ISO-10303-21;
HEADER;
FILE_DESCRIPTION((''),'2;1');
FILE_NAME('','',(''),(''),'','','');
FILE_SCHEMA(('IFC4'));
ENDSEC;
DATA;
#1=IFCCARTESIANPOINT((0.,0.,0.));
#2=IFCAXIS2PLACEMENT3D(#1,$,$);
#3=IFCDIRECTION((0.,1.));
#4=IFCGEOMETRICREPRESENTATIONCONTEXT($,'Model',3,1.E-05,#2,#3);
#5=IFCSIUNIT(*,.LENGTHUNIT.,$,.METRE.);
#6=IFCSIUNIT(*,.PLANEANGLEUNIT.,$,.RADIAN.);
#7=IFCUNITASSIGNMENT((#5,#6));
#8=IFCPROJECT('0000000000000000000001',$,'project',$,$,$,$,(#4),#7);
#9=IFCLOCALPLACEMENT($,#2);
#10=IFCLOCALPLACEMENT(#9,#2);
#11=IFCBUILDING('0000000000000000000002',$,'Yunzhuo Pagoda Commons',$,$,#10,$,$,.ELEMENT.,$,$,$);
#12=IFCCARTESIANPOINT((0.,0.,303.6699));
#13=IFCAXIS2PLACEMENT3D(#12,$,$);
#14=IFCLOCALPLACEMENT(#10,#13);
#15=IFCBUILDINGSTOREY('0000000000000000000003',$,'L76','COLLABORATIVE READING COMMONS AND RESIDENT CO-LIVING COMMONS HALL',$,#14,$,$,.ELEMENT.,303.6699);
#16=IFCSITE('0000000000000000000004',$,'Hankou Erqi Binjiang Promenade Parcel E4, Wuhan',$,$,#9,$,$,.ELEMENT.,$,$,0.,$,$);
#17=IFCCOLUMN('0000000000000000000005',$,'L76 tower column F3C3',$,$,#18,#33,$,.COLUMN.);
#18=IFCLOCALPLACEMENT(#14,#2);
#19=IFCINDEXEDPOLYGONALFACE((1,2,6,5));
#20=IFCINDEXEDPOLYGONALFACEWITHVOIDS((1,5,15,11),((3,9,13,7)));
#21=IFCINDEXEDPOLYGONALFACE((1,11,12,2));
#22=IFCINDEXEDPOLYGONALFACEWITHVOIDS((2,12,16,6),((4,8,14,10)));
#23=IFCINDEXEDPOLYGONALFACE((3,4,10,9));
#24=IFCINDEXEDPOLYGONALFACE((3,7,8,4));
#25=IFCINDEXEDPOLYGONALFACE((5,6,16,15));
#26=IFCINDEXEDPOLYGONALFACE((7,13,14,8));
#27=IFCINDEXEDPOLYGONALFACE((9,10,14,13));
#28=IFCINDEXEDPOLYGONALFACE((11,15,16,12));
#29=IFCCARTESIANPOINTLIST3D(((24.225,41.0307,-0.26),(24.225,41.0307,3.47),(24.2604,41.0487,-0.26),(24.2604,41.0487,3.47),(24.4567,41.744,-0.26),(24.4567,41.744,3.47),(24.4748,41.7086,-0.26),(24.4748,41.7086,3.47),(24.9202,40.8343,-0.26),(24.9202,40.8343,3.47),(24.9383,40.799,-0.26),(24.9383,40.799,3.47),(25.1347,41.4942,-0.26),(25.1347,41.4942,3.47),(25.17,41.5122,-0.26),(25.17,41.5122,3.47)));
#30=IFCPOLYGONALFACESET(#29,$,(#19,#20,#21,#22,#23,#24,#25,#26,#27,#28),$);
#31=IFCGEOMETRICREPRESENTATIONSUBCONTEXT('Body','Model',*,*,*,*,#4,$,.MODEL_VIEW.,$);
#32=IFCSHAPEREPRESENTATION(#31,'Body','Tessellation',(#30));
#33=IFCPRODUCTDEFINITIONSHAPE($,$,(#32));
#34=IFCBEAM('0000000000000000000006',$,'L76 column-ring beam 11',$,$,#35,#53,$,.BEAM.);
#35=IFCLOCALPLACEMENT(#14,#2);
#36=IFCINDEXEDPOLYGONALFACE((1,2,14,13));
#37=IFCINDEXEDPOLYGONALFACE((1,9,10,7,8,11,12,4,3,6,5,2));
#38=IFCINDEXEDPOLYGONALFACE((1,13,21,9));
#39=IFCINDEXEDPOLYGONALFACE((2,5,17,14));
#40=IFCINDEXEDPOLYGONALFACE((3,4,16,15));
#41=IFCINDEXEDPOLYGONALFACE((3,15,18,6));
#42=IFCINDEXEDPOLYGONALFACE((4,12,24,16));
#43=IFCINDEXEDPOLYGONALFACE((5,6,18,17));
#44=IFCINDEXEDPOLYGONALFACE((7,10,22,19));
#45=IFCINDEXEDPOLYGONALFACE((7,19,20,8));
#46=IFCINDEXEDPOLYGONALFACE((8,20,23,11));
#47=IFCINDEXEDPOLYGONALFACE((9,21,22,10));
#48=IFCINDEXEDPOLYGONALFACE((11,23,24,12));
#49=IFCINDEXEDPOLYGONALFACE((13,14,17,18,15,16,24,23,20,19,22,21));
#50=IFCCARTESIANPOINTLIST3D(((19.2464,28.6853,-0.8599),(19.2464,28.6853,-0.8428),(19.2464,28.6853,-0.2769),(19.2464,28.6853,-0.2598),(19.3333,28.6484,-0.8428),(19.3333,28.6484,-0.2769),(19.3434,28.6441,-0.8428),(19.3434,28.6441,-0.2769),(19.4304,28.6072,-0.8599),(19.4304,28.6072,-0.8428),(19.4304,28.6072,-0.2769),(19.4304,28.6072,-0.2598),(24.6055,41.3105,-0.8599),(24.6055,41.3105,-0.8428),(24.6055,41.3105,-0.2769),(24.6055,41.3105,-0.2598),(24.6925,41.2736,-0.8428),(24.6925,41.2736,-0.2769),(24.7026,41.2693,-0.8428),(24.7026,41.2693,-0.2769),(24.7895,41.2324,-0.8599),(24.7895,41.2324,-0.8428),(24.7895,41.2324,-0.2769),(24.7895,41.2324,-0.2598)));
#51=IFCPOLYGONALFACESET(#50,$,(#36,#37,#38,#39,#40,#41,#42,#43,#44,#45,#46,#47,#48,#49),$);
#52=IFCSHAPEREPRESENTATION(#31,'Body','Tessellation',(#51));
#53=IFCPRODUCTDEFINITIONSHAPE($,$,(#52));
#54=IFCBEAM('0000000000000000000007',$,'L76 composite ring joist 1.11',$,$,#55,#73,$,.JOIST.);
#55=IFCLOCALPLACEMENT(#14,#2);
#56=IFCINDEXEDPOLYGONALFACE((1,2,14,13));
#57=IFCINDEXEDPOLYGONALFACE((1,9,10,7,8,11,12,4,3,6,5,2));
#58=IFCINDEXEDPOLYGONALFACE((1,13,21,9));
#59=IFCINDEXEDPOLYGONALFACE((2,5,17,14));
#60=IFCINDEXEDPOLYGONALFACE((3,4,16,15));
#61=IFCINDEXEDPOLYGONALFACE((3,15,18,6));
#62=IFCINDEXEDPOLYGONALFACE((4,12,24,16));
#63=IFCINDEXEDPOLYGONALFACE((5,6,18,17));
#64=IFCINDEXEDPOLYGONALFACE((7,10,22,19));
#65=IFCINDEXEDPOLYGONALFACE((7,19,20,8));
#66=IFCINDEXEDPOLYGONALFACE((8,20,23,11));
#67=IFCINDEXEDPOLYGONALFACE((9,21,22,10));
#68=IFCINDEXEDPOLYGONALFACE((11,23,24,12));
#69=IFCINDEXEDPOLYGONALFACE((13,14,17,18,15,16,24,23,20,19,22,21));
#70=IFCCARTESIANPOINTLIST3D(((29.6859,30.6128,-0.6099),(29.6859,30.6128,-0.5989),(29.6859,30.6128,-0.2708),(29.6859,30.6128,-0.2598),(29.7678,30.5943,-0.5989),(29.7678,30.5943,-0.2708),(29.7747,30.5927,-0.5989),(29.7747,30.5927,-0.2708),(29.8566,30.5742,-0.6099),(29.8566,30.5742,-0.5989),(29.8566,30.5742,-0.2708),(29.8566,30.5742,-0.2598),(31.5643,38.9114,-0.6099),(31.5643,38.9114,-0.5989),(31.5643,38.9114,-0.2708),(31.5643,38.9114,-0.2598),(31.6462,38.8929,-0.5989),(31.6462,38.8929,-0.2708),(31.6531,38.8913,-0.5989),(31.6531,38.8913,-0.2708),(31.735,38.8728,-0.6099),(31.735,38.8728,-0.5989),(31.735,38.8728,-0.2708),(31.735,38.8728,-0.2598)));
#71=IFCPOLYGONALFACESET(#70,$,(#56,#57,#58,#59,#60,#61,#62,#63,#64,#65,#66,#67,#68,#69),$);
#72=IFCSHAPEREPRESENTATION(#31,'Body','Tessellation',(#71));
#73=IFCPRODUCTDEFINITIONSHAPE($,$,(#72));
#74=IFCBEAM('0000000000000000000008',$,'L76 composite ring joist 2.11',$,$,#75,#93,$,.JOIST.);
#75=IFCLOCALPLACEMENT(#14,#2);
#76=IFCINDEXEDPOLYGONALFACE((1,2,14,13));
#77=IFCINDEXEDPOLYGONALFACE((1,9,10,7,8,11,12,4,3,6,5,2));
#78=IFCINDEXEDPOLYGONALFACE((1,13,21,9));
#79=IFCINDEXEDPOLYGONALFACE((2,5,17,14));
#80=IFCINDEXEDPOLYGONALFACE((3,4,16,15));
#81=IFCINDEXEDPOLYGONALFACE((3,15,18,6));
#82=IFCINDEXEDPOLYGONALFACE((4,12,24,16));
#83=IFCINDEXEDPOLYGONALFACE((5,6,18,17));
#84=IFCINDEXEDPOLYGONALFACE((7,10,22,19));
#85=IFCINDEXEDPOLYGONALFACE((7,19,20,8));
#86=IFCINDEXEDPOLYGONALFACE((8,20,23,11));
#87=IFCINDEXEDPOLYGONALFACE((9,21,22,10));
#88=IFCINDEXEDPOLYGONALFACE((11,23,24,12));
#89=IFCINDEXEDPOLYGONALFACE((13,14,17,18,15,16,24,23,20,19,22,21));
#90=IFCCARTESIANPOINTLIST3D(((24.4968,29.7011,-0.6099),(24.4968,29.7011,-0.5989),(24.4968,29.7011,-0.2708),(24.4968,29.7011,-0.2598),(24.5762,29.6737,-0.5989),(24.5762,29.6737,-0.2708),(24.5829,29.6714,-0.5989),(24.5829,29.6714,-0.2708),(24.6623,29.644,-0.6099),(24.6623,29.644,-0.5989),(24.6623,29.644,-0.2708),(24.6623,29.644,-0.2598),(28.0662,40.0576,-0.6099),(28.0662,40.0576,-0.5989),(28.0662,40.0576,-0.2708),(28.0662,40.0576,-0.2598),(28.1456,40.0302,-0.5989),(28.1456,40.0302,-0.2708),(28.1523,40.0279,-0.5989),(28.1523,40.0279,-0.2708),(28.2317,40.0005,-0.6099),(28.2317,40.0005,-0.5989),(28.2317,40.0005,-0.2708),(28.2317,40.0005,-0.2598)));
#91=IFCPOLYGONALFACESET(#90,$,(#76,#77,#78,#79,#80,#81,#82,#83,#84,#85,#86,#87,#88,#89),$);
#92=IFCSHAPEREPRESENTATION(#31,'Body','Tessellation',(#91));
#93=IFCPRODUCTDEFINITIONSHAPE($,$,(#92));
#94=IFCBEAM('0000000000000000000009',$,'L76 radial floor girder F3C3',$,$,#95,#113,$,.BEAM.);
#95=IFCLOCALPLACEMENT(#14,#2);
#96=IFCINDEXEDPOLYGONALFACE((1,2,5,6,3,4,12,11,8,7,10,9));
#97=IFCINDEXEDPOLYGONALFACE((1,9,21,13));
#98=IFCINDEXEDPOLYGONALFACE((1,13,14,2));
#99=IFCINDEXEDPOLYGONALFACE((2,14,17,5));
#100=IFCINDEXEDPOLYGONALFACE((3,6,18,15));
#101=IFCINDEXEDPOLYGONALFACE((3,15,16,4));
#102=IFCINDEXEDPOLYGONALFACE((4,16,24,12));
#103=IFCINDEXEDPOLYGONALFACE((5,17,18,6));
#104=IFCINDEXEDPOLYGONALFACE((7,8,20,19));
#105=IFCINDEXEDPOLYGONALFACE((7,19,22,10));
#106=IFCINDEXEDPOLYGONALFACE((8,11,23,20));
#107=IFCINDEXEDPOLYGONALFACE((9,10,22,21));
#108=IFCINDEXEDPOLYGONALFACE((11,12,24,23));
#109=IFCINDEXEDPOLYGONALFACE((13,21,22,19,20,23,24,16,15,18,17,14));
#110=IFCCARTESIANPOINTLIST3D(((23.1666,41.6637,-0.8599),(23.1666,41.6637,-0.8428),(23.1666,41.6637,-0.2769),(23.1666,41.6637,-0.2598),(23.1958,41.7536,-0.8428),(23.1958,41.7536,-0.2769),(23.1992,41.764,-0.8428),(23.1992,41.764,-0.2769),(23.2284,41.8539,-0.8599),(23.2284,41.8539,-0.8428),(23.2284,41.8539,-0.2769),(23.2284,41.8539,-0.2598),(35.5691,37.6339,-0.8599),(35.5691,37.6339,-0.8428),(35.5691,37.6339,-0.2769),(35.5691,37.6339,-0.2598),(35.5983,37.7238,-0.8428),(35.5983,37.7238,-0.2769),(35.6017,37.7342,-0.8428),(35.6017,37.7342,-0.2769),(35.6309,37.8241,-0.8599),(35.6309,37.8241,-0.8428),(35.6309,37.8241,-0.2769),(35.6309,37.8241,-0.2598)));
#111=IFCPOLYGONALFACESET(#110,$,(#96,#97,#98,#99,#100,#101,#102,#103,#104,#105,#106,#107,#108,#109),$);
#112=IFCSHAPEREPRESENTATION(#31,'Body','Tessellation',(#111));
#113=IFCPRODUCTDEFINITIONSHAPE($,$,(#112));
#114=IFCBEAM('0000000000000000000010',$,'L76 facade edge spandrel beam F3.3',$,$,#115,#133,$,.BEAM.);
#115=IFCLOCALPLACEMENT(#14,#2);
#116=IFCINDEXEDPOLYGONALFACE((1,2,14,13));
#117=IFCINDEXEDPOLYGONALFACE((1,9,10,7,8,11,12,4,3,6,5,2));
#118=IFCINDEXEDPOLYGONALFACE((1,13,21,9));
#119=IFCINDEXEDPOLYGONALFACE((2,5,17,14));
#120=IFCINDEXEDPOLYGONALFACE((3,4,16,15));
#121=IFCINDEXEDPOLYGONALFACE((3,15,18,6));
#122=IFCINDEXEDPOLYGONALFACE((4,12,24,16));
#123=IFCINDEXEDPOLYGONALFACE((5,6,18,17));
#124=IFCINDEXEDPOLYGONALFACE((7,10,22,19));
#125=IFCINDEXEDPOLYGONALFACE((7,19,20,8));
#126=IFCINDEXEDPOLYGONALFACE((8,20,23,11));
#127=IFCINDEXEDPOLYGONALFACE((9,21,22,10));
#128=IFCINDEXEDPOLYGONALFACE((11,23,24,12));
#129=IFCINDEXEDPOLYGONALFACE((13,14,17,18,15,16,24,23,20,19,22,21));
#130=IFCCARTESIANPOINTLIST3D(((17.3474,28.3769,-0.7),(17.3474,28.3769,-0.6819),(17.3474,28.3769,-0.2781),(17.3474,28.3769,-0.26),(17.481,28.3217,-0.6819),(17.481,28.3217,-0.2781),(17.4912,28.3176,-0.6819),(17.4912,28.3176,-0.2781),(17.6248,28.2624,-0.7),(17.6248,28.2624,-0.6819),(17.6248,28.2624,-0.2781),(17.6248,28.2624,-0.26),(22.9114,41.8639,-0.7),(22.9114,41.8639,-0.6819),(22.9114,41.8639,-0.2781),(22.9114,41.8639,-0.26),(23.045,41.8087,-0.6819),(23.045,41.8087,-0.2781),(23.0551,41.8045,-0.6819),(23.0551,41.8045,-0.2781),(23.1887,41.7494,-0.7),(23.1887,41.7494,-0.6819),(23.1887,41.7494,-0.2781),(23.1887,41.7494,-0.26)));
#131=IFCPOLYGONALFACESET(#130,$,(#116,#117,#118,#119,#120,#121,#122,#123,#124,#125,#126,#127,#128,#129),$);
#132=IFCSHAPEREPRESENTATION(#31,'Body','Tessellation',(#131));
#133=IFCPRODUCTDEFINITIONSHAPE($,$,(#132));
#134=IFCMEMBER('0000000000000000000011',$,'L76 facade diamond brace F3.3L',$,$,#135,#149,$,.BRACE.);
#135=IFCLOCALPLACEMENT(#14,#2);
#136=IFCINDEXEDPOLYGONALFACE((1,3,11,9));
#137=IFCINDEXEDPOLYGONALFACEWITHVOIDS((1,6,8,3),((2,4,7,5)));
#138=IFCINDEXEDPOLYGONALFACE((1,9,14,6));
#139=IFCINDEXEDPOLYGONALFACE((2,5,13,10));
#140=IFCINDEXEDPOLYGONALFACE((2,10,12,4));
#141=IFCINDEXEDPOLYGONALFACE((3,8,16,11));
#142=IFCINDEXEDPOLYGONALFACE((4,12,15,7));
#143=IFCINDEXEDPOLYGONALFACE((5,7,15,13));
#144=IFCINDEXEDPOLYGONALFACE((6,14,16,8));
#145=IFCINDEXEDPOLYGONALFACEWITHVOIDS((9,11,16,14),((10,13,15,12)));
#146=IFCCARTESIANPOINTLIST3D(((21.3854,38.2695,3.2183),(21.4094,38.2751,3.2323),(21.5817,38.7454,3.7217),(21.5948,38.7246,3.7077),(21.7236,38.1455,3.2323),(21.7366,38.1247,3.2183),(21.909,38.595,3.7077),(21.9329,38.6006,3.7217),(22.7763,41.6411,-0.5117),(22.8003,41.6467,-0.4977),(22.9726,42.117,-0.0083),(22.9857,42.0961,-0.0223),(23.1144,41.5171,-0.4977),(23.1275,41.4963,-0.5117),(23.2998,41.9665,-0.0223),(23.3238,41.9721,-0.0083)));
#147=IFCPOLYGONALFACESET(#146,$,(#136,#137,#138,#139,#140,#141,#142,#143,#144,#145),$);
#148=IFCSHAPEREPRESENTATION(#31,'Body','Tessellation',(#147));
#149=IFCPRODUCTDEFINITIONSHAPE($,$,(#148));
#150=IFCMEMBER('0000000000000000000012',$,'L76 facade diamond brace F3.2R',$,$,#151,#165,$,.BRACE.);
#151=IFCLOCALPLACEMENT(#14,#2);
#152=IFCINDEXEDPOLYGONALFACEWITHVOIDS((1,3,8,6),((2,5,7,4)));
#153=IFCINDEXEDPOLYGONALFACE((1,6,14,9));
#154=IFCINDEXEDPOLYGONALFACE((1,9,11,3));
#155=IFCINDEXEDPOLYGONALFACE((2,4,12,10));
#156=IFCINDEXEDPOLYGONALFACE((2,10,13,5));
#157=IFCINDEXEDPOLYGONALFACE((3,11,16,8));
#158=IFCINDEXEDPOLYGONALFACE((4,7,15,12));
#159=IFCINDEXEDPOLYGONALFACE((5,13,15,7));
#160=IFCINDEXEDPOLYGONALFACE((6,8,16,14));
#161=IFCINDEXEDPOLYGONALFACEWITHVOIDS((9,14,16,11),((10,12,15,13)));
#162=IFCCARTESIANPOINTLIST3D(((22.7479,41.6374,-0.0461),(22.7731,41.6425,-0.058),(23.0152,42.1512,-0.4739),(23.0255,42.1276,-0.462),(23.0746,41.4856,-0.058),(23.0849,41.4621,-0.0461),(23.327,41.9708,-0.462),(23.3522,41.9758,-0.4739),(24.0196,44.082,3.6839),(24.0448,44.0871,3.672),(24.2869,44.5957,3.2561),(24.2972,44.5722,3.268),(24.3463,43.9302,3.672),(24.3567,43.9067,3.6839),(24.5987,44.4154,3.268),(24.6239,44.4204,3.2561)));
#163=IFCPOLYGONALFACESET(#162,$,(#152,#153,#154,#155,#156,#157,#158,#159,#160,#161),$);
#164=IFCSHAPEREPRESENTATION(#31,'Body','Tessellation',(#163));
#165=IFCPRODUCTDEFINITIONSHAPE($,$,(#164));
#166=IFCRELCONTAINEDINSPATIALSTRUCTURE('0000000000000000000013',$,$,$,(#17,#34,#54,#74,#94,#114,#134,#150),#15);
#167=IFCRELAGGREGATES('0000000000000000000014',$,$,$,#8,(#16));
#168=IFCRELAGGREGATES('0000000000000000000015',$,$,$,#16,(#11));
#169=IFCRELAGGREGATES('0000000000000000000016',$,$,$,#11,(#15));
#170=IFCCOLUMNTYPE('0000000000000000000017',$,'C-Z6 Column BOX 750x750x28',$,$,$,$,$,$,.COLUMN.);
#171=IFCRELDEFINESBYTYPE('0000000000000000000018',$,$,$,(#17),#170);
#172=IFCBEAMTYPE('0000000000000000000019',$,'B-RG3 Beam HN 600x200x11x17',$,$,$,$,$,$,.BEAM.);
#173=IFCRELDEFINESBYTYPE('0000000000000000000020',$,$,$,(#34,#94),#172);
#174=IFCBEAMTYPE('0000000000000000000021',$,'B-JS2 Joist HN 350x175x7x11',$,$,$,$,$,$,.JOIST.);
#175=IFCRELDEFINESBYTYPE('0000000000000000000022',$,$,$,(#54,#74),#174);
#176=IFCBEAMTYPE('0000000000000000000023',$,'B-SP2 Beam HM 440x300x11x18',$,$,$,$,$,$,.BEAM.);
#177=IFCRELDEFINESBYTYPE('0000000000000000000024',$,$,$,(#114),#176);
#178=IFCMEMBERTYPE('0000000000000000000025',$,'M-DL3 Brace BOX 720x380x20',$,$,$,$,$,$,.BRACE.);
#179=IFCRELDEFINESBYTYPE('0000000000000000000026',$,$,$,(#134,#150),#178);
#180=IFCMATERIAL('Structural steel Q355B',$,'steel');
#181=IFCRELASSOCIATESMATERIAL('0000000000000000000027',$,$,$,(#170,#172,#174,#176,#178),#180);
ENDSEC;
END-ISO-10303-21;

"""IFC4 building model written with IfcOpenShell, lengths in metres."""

from ifc_helpers import new_model, si_unit, direction, frame, origin, origin_2d, place, context, subcontext, project, spatial, hollow_rectangle, i_section, extrude, source, transform, mapped, material, material_profile, profile_set, type_object, element, save


model = new_model("IFC4")

# Units and contexts
model_context = context("Model", 3, precision=1e-05, world=origin(), true_north=direction((0.0, 1.0)))
body_context = subcontext(model_context, "Body", "Model", "MODEL_VIEW")
ifc_project = project(units=[si_unit("LENGTHUNIT", "METRE"), si_unit("PLANEANGLEUNIT", "RADIAN")], contexts=[model_context])

# Site, building, storey
site_placement = place(None, origin())
site = spatial("IfcSite", under=ifc_project, at=site_placement, Name="Hankou Erqi Binjiang Promenade Parcel E4, Wuhan", CompositionType="ELEMENT", RefElevation=0.0)
building_placement = place(site_placement, origin())
building = spatial("IfcBuilding", under=site, at=building_placement, Name="Yunzhuo Pagoda Commons", CompositionType="ELEMENT")
storey_placement = place(building_placement, frame((0.0, 0.0, 303.6699)))
storey = spatial("IfcBuildingStorey", under=building, at=storey_placement, Name="L76", Description="COLLABORATIVE READING COMMONS AND RESIDENT CO-LIVING COMMONS HALL", CompositionType="ELEMENT", Elevation=303.6699)

# Column
ifc_material_1 = material(Name="Structural steel Q355B", Category="steel")
ifc_material_profile_1 = material_profile(ifc_material_1, hollow_rectangle(XDim=0.75, YDim=0.75, WallThickness=0.0281, at=origin_2d()), Name="Structural steel Q355B")
ifc_profile_set_1 = profile_set([ifc_material_profile_1], Name="Structural steel Q355B")
column_type = type_object("IfcColumnType", Name="C-Z6 Column BOX 750x750x28", PredefinedType="COLUMN", material=ifc_profile_set_1)
shared_shape_1 = source(origin(), body_context, "Body", "SweptSolid", [
    extrude(hollow_rectangle(XDim=0.75, YDim=0.75, WallThickness=0.0281, at=origin_2d()), origin(), (0.0, 0.0, 1.0), 3.73),
])
column_placement = place(storey_placement, frame((24.6975, 41.2715, -0.26), z_axis=(0.0, 0.0, 1.0), x_axis=(-0.309017, -0.951057, 0.0)))
element("IfcColumn", 1, at=column_placement, inside=storey, type_object=column_type, Name="L76 tower column F3C3", PredefinedType="COLUMN", context=body_context, shape_type="MappedRepresentation", body=[
    mapped(shared_shape_1, transform((0.0, 0.0, 0.0), scale=1.0)),
])

# Beams
ifc_material_profile_2 = material_profile(ifc_material_1, i_section(OverallWidth=0.2, OverallDepth=0.6001, WebThickness=0.011, FlangeThickness=0.0171, at=origin_2d()), Name="Structural steel Q355B")
ifc_profile_set_2 = profile_set([ifc_material_profile_2], Name="Structural steel Q355B")
beam_type_1 = type_object("IfcBeamType", Name="B-RG3 Beam HN 600x200x11x17", PredefinedType="BEAM", material=ifc_profile_set_2)
shared_shape_2 = source(origin(), body_context, "Body", "SweptSolid", [
    extrude(i_section(OverallWidth=0.2, OverallDepth=0.6001, WebThickness=0.011, FlangeThickness=0.0171, at=origin_2d()), origin(), (0.0, 0.0, 1.0), 13.7156),
])
beam_1_placement = place(storey_placement, frame((24.6975, 41.2715, -0.5598), z_axis=(-0.390733, -0.920504, 0.0), x_axis=(0.920504, -0.390733, 0.0)))
element("IfcBeam", 2, at=beam_1_placement, inside=storey, type_object=beam_type_1, Name="L76 column-ring beam 11", PredefinedType="BEAM", context=body_context, shape_type="MappedRepresentation", body=[
    mapped(shared_shape_2, transform((0.0, 0.0, 0.0), scale=1.0)),
])
ifc_material_profile_3 = material_profile(ifc_material_1, i_section(OverallWidth=0.175, OverallDepth=0.3501, WebThickness=0.0071, FlangeThickness=0.011, at=origin_2d()), Name="Structural steel Q355B")
ifc_profile_set_3 = profile_set([ifc_material_profile_3], Name="Structural steel Q355B")
beam_type_2 = type_object("IfcBeamType", Name="B-JS2 Joist HN 350x175x7x11", PredefinedType="JOIST", material=ifc_profile_set_3)
shared_shape_3 = source(origin(), body_context, "Body", "SweptSolid", [
    extrude(i_section(OverallWidth=0.175, OverallDepth=0.3501, WebThickness=0.0071, FlangeThickness=0.011, at=origin_2d()), origin(), (0.0, 0.0, 1.0), 8.5085),
])
beam_2_placement = place(storey_placement, frame((31.6497, 38.8921, -0.4348), z_axis=(-0.220769, -0.975326, 0.0), x_axis=(0.975326, -0.220769, 0.0)))
element("IfcBeam", 3, at=beam_2_placement, inside=storey, type_object=beam_type_2, Name="L76 composite ring joist 1.11", PredefinedType="JOIST", context=body_context, shape_type="MappedRepresentation", body=[
    mapped(shared_shape_3, transform((0.0, 0.0, 0.0), scale=1.0)),
])
shared_shape_4 = source(origin(), body_context, "Body", "SweptSolid", [
    extrude(i_section(OverallWidth=0.175, OverallDepth=0.3501, WebThickness=0.0071, FlangeThickness=0.011, at=origin_2d()), origin(), (0.0, 0.0, 1.0), 10.9543),
])
beam_3_placement = place(storey_placement, frame((28.1489, 40.0291, -0.4348), z_axis=(-0.32584, -0.945425, 0.0), x_axis=(0.945425, -0.32584, 0.0)))
element("IfcBeam", 4, at=beam_3_placement, inside=storey, type_object=beam_type_2, Name="L76 composite ring joist 2.11", PredefinedType="JOIST", context=body_context, shape_type="MappedRepresentation", body=[
    mapped(shared_shape_4, transform((0.0, 0.0, 0.0), scale=1.0)),
])
shared_shape_5 = source(origin(), body_context, "Body", "SweptSolid", [
    extrude(i_section(OverallWidth=0.2, OverallDepth=0.6001, WebThickness=0.011, FlangeThickness=0.0171, at=origin_2d()), origin(), (0.0, 0.0, 1.0), 13.0408),
])
beam_4_placement = place(storey_placement, frame((23.1975, 41.7588, -0.5598), z_axis=(0.951058, -0.309013, 0.0), x_axis=(0.309013, 0.951058, 0.0)))
element("IfcBeam", 5, at=beam_4_placement, inside=storey, type_object=beam_type_1, Name="L76 radial floor girder F3C3", PredefinedType="BEAM", context=body_context, shape_type="MappedRepresentation", body=[
    mapped(shared_shape_5, transform((0.0, 0.0, 0.0), scale=1.0)),
])
ifc_material_profile_4 = material_profile(ifc_material_1, i_section(OverallWidth=0.3, OverallDepth=0.4399, WebThickness=0.011, FlangeThickness=0.0181, at=origin_2d()), Name="Structural steel Q355B")
ifc_profile_set_4 = profile_set([ifc_material_profile_4], Name="Structural steel Q355B")
beam_type_3 = type_object("IfcBeamType", Name="B-SP2 Beam HM 440x300x11x18", PredefinedType="BEAM", material=ifc_profile_set_4)
shared_shape_6 = source(origin(), body_context, "Body", "SweptSolid", [
    extrude(i_section(OverallWidth=0.3, OverallDepth=0.4399, WebThickness=0.011, FlangeThickness=0.0181, at=origin_2d()), origin(), (0.0, 0.0, 1.0), 14.5896),
])
beam_5_placement = place(storey_placement, frame((23.05, 41.8066, -0.48), z_axis=(-0.381363, -0.924425, 0.0), x_axis=(0.924425, -0.381363, 0.0)))
element("IfcBeam", 6, at=beam_5_placement, inside=storey, type_object=beam_type_3, Name="L76 facade edge spandrel beam F3.3", PredefinedType="BEAM", context=body_context, shape_type="MappedRepresentation", body=[
    mapped(shared_shape_6, transform((0.0, 0.0, 0.0), scale=1.0)),
])

# Members
ifc_material_profile_5 = material_profile(ifc_material_1, hollow_rectangle(XDim=0.3799, YDim=0.72, WallThickness=0.02, at=origin_2d()), Name="Structural steel Q355B")
ifc_profile_set_5 = profile_set([ifc_material_profile_5], Name="Structural steel Q355B")
member_type_1 = type_object("IfcMemberType", Name="M-DL3 Brace BOX 720x380x20", PredefinedType="BRACE", material=ifc_profile_set_5)
shared_shape_7 = source(origin(), body_context, "Body", "SweptSolid", [
    extrude(hollow_rectangle(XDim=0.3799, YDim=0.72, WallThickness=0.02, at=origin_2d()), origin(), (0.0, 0.0, 1.0), 5.2168),
])
member_1_placement = place(storey_placement, frame((23.05, 41.8066, -0.26), z_axis=(-0.266614, -0.646295, 0.714996), x_axis=(0.92443, -0.381352, 0.0)))
element("IfcMember", 7, at=member_1_placement, inside=storey, type_object=member_type_1, Name="L76 facade diamond brace F3.3L", PredefinedType="BRACE", context=body_context, shape_type="MappedRepresentation", body=[
    mapped(shared_shape_7, transform((0.0, 0.0, 0.0), scale=1.0)),
])
shared_shape_8 = source(origin(), body_context, "Body", "SweptSolid", [
    extrude(hollow_rectangle(XDim=0.3799, YDim=0.72, WallThickness=0.02, at=origin_2d()), origin(), (0.0, 0.0, 1.0), 4.6375),
])
member_2_placement = place(storey_placement, frame((23.05, 41.8066, -0.26), z_axis=(0.27423, 0.527138, 0.804316), x_axis=(-0.887136, 0.461509, 0.0)))
element("IfcMember", 8, at=member_2_placement, inside=storey, type_object=member_type_1, Name="L76 facade diamond brace F3.2R", PredefinedType="BRACE", context=body_context, shape_type="MappedRepresentation", body=[
    mapped(shared_shape_8, transform((0.0, 0.0, 0.0), scale=1.0)),
])

save(model, "model.ifc")
